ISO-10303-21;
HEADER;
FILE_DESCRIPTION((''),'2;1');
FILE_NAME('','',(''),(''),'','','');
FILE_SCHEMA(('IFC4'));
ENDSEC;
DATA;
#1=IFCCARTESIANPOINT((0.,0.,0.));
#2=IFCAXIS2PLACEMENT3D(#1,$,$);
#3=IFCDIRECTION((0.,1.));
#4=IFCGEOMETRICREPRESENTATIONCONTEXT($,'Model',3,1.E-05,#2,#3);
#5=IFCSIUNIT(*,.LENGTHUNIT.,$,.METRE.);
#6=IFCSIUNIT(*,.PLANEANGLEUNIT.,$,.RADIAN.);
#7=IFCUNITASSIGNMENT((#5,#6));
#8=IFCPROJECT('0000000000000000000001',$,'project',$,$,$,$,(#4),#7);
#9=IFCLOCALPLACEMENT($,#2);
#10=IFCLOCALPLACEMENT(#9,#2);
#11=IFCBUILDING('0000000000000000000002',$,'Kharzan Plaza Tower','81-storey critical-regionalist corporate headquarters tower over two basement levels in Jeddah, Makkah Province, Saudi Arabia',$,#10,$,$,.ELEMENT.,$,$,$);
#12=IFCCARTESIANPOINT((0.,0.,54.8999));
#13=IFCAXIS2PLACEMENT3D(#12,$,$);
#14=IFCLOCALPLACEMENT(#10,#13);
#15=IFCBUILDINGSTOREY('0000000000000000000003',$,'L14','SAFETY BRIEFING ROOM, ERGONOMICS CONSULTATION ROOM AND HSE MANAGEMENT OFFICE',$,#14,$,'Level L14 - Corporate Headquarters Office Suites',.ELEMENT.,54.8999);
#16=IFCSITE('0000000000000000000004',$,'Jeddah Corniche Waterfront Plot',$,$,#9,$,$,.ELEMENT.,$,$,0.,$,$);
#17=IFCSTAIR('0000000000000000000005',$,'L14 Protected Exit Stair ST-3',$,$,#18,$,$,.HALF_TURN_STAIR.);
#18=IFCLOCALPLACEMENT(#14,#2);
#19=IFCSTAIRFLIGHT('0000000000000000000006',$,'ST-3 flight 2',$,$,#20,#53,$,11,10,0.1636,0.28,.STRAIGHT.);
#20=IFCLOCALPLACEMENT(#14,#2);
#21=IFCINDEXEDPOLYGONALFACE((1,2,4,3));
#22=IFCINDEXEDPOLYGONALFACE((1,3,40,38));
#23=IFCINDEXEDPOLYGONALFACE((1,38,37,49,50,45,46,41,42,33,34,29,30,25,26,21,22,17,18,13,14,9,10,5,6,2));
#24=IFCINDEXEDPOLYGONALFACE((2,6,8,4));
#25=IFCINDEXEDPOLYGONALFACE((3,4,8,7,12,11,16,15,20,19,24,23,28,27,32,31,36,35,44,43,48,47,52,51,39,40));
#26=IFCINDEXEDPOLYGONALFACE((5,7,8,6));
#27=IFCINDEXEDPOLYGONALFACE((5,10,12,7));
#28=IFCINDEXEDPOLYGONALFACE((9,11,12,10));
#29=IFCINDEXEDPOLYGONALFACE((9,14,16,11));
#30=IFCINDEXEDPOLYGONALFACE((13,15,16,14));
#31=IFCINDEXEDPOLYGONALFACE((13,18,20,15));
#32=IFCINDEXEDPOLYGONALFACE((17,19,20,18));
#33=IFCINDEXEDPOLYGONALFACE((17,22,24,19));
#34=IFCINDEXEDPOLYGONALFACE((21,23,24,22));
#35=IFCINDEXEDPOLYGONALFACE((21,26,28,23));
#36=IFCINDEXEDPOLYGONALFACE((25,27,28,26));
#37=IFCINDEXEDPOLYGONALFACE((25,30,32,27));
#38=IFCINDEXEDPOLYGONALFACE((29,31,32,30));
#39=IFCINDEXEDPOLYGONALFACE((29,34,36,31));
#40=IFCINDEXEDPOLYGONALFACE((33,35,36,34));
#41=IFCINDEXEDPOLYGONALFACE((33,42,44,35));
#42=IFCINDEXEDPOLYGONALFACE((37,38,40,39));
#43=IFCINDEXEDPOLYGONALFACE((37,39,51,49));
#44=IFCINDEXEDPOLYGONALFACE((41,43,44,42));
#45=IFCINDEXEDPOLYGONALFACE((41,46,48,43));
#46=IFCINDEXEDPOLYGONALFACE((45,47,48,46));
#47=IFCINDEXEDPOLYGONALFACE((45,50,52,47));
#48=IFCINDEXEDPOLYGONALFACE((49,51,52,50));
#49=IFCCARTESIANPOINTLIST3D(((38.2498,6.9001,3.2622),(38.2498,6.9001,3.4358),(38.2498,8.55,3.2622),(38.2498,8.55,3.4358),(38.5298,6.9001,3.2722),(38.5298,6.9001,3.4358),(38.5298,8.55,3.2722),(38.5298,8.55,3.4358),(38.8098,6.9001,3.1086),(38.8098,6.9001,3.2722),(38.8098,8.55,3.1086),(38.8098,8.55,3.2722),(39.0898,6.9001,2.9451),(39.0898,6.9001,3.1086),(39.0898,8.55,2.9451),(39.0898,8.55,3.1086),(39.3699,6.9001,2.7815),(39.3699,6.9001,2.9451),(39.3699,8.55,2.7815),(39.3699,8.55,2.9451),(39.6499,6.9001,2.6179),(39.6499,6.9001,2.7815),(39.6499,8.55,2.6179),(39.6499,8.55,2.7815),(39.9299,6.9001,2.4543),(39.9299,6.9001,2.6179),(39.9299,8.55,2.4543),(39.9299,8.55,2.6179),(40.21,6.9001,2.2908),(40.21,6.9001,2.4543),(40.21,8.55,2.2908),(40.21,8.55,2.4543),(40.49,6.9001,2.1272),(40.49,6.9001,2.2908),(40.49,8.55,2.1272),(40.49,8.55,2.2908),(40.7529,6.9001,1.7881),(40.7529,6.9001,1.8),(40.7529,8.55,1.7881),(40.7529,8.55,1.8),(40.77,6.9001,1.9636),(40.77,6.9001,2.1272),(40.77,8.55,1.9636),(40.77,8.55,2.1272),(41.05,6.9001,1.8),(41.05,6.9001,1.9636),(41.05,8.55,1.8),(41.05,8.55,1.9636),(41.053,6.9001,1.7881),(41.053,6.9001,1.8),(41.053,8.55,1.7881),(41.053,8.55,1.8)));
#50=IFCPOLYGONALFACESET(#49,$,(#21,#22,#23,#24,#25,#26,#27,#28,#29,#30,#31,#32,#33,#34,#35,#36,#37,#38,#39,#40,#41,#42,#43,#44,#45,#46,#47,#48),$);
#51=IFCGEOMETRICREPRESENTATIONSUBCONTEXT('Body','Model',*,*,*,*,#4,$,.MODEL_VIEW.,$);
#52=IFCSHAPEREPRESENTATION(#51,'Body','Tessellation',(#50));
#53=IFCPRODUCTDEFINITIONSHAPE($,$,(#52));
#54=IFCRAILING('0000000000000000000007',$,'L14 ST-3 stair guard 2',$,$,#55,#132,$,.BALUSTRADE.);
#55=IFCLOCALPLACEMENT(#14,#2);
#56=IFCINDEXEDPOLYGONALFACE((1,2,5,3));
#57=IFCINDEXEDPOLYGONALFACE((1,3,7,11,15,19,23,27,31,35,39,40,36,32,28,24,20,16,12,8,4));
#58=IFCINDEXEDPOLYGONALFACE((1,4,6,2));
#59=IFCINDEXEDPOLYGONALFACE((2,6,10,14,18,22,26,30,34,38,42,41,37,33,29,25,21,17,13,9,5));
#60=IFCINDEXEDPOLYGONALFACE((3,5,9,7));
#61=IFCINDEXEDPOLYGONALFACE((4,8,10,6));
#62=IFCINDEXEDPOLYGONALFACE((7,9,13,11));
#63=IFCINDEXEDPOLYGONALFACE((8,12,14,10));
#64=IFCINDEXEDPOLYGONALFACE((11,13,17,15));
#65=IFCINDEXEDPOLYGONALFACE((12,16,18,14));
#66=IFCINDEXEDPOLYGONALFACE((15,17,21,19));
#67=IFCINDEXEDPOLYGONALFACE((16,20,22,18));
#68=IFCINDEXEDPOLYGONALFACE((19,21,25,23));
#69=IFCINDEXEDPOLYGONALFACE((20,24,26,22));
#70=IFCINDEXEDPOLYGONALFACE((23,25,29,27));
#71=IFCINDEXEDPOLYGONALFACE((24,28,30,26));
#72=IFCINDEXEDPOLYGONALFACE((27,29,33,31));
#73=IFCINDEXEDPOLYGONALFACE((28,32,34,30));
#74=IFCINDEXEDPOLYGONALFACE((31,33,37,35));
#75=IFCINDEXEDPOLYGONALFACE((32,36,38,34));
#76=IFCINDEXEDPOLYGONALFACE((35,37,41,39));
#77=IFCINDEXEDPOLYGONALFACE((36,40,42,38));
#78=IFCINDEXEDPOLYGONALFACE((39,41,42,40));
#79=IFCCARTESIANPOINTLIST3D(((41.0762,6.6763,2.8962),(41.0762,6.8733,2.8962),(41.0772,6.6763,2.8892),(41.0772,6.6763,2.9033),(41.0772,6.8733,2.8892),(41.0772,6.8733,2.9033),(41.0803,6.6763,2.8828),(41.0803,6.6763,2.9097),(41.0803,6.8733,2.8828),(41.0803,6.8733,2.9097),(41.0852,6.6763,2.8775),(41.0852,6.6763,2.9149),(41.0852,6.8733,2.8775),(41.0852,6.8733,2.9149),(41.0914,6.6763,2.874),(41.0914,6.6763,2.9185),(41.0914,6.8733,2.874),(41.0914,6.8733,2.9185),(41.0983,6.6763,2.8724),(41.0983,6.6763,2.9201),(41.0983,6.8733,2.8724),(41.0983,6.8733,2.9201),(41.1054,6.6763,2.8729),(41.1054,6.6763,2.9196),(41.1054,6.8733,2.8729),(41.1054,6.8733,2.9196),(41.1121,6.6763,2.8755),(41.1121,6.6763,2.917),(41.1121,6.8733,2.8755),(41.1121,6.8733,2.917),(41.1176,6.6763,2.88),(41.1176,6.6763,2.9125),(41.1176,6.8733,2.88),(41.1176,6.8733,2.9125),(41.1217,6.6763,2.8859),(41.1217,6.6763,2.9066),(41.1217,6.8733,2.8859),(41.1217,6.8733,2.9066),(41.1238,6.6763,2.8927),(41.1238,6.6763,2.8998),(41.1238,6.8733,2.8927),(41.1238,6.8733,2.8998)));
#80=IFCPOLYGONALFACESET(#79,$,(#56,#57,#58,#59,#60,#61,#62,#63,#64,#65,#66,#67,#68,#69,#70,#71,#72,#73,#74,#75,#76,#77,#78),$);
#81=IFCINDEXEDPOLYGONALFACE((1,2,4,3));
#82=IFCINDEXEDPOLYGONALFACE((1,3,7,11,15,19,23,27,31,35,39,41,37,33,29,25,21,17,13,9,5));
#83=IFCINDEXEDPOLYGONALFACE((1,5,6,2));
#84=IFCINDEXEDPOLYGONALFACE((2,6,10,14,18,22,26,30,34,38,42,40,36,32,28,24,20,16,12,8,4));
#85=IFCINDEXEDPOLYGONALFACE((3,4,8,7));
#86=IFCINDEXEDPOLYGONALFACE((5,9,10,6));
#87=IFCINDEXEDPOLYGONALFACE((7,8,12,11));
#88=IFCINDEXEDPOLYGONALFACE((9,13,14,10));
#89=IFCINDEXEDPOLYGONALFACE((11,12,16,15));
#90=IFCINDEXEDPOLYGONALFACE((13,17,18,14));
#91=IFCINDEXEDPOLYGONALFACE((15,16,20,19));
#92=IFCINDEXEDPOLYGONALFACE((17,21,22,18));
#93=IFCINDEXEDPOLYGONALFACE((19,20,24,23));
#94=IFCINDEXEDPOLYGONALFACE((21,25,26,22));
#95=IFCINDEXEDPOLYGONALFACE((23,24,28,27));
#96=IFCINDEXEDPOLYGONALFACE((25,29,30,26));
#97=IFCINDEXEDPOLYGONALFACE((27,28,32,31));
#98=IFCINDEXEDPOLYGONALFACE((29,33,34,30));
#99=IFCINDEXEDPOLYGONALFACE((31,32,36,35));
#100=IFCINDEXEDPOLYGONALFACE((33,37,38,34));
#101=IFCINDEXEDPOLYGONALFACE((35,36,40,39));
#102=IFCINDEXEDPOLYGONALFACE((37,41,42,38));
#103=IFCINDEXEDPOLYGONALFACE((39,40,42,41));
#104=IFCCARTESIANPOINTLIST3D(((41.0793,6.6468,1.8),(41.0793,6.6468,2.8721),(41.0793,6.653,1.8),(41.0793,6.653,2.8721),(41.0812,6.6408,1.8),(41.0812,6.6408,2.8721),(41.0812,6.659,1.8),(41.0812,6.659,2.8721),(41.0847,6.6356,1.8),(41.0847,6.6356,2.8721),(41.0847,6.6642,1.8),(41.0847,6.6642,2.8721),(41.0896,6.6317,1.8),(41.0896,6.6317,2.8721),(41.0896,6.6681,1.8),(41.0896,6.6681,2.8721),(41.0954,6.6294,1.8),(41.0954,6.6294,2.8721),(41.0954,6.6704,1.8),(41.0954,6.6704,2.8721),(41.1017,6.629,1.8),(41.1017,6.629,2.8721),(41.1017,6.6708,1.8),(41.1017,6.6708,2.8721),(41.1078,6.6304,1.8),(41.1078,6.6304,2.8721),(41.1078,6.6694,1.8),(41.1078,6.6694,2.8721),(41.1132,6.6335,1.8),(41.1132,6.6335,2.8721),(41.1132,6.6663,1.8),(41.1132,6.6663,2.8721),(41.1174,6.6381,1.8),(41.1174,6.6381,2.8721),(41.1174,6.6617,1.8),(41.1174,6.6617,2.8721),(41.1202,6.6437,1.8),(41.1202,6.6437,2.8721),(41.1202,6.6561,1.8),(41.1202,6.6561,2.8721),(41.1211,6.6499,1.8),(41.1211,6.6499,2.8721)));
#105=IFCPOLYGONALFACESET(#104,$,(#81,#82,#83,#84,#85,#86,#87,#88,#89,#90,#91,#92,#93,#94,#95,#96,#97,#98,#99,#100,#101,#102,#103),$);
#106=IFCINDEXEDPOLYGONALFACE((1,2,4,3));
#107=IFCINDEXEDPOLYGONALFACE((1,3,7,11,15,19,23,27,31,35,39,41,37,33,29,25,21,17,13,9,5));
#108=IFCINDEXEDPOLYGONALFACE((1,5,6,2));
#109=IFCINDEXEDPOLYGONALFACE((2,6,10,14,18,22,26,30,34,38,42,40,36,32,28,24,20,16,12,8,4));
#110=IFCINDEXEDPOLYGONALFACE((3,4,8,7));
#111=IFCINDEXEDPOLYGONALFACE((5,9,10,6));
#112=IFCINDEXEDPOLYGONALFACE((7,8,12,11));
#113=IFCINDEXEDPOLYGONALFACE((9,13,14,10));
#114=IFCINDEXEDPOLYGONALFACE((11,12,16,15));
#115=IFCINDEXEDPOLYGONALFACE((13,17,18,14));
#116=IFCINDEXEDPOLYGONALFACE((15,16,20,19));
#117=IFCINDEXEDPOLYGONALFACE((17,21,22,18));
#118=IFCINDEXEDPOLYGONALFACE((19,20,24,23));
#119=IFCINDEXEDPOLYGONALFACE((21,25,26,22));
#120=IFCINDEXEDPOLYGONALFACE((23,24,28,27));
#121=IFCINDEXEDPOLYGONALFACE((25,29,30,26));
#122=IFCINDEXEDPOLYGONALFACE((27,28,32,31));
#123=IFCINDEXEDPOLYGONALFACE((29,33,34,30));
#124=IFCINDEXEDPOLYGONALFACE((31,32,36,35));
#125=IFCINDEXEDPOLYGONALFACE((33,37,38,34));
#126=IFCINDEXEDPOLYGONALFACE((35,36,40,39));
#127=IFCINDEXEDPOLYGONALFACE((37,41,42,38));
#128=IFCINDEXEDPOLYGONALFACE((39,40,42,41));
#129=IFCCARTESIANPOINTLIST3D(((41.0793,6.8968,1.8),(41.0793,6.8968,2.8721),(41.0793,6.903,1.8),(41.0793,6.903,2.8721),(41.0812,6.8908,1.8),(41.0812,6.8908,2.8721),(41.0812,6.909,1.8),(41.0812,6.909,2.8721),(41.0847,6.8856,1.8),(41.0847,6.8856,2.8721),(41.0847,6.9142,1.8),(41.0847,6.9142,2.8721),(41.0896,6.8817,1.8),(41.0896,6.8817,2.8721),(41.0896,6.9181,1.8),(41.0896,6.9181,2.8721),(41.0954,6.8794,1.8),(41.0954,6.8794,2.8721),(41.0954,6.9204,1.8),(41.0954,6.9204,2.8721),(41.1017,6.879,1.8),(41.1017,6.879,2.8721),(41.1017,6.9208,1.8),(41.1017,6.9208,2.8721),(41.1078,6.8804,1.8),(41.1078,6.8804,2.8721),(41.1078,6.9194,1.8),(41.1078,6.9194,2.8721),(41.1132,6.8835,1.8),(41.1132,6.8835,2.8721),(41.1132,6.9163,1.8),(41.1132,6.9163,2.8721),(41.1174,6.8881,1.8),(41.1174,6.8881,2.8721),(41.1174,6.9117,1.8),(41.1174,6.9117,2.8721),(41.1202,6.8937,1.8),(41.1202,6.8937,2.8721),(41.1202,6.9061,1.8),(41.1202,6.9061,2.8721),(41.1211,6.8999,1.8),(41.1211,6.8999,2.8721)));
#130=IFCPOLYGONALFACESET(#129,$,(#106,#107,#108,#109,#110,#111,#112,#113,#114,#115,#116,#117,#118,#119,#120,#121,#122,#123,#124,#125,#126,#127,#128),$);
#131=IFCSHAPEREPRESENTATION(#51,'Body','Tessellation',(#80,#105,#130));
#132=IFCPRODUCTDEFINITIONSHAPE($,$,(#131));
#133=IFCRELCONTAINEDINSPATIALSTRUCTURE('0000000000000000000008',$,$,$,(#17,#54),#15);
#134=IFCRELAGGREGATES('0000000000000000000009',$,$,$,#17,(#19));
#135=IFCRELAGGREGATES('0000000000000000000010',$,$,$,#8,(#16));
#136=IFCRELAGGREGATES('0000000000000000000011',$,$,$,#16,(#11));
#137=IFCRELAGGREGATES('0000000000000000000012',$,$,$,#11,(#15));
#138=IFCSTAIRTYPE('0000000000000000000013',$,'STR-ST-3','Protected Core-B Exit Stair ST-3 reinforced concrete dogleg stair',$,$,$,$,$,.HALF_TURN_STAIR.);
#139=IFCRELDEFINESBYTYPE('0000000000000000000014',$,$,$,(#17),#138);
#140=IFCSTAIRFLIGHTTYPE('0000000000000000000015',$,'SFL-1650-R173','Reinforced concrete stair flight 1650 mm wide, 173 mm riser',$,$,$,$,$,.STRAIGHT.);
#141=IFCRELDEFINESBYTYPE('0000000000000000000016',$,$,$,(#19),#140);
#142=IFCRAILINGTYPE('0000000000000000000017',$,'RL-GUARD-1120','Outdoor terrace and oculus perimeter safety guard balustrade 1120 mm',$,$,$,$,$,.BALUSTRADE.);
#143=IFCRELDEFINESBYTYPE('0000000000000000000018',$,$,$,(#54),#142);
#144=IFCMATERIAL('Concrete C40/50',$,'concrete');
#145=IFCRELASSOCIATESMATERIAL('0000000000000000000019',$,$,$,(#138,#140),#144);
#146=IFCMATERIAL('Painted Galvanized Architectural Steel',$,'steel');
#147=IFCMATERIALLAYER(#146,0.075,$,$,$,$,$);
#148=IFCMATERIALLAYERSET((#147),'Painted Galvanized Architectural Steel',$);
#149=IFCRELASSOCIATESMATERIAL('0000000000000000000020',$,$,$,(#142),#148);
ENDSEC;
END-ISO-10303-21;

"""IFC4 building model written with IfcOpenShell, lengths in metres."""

from ifc_helpers import new_model, si_unit, direction, frame, origin, origin_2d, place, context, subcontext, project, spatial, polyline, circle, outline, extrude, source, transform, mapped, material, layer, layer_set, type_object, element, aggregate, save


model = new_model("IFC4")

# Units and contexts
model_context = context("Model", 3, precision=1e-05, world=origin(), true_north=direction((0.0, 1.0)))
body_context = subcontext(model_context, "Body", "Model", "MODEL_VIEW")
ifc_project = project(units=[si_unit("LENGTHUNIT", "METRE"), si_unit("PLANEANGLEUNIT", "RADIAN")], contexts=[model_context])

# Site, building, storey
site_placement = place(None, origin())
site = spatial("IfcSite", under=ifc_project, at=site_placement, Name="Jeddah Corniche Waterfront Plot", CompositionType="ELEMENT", RefElevation=0.0)
building_placement = place(site_placement, origin())
building = spatial("IfcBuilding", under=site, at=building_placement, Name="Kharzan Plaza Tower", Description="81-storey critical-regionalist corporate headquarters tower over two basement levels in Jeddah, Makkah Province, Saudi Arabia", CompositionType="ELEMENT")
storey_placement = place(building_placement, frame((0.0, 0.0, 54.8999)))
storey = spatial("IfcBuildingStorey", under=building, at=storey_placement, Name="L14", Description="SAFETY BRIEFING ROOM, ERGONOMICS CONSULTATION ROOM AND HSE MANAGEMENT OFFICE", LongName="Level L14 - Corporate Headquarters Office Suites", CompositionType="ELEMENT", Elevation=54.8999)

# Shared definitions
ifc_material_1 = material(Name="Concrete C40/50", Category="concrete")

# Stair, stair flight
stair_type = type_object("IfcStairType", Name="STR-ST-3", Description="Protected Core-B Exit Stair ST-3 reinforced concrete dogleg stair", PredefinedType="HALF_TURN_STAIR", material=ifc_material_1)
stair_placement = place(storey_placement, origin())
stair = element("IfcStair", 1, at=stair_placement, inside=storey, type_object=stair_type, Name="L14 Protected Exit Stair ST-3", PredefinedType="HALF_TURN_STAIR")
stair_flight_type = type_object("IfcStairFlightType", Name="SFL-1650-R173", Description="Reinforced concrete stair flight 1650 mm wide, 173 mm riser", PredefinedType="STRAIGHT", material=ifc_material_1)
shared_shape_1 = source(origin(), body_context, "Body", "SweptSolid", [
    extrude(outline(polyline([(-0.0029, -0.012), (-0.0029, 0.0), (0.0, 0.0), (0.0, 0.1636), (0.28, 0.1636), (0.28, 0.3271), (0.5601, 0.3271), (0.5601, 0.4907), (0.8401, 0.4907), (0.8401, 0.6543), (1.1201, 0.6543), (1.1201, 0.8179), (1.4001, 0.8179), (1.4001, 0.9814), (1.6802, 0.9814), (1.6802, 1.145), (1.9602, 1.145), (1.9602, 1.3086), (2.2402, 1.3086), (2.2402, 1.4722), (2.5203, 1.4722), (2.5203, 1.6357), (2.8003, 1.6357), (2.8003, 1.7993), (2.8003, 1.4622), (0.2971, 0.0), (0.2971, -0.012), (-0.0029, -0.012)])), frame((0.0, 0.825, 0.0), z_axis=(0.0, -1.0, 0.0), x_axis=(1.0, 0.0, 0.0)), (0.0, 0.0, 1.0), 1.6499),
])
stair_flight_1_placement = place(storey_placement, frame((41.05, 7.7251, 1.8), z_axis=(0.0, 0.0, 1.0), x_axis=(-1.0, 0.0, 0.0)))
stair_flight_1 = element("IfcStairFlight", 2, at=stair_flight_1_placement, type_object=stair_flight_type, Name="ST-3 flight 2", NumberOfRisers=11, NumberOfTreads=10, PredefinedType="STRAIGHT", RiserHeight=0.1636, TreadLength=0.28, context=body_context, shape_type="MappedRepresentation", body=[
    mapped(shared_shape_1, transform((0.0, 0.0, 0.0), x_axis=(1.0, 0.0, 0.0), y_axis=(0.0, 1.0, 0.0), z_axis=(0.0, 0.0, 1.0))),
])
aggregate(stair, [stair_flight_1])

# Railing
ifc_material_2 = material(Name="Painted Galvanized Architectural Steel", Category="steel")
ifc_layer_1 = layer(ifc_material_2, 0.075)
ifc_layer_set_1 = layer_set([ifc_layer_1], Name="Painted Galvanized Architectural Steel")
railing_type_1 = type_object("IfcRailingType", Name="RL-GUARD-1120", Description="Outdoor terrace and oculus perimeter safety guard balustrade 1120 mm", PredefinedType="BALUSTRADE", material=ifc_layer_set_1)
shared_shape_2 = source(origin(), body_context, "Body", "SweptSolid", [
    extrude(circle(Radius=0.0239, at=origin_2d()), frame((0.0, 0.0264, 1.0962), z_axis=(0.0, 1.0, 0.0), x_axis=(-1.0, 0.0, 0.0)), (0.0, 0.0, 1.0), 0.197),
    extrude(circle(Radius=0.021, at=origin_2d()), origin(), (0.0, 0.0, 1.0), 1.072),
    extrude(circle(Radius=0.021, at=origin_2d()), frame((0.0, 0.25, 0.0)), (0.0, 0.0, 1.0), 1.072),
])
for number, where, name in (
    (3, (41.1001, 6.6499, 1.8), "L14 ST-3 stair guard 2"),
):
    element("IfcRailing", number, at=place(storey_placement, frame(where)), inside=storey, type_object=railing_type_1, Name=name, PredefinedType="BALUSTRADE", context=body_context, shape_type="MappedRepresentation", body=[
        mapped(shared_shape_2, transform((0.0, 0.0, 0.0), x_axis=(1.0, 0.0, 0.0), y_axis=(0.0, 1.0, 0.0), z_axis=(0.0, 0.0, 1.0))),
    ])

save(model, "model.ifc")
